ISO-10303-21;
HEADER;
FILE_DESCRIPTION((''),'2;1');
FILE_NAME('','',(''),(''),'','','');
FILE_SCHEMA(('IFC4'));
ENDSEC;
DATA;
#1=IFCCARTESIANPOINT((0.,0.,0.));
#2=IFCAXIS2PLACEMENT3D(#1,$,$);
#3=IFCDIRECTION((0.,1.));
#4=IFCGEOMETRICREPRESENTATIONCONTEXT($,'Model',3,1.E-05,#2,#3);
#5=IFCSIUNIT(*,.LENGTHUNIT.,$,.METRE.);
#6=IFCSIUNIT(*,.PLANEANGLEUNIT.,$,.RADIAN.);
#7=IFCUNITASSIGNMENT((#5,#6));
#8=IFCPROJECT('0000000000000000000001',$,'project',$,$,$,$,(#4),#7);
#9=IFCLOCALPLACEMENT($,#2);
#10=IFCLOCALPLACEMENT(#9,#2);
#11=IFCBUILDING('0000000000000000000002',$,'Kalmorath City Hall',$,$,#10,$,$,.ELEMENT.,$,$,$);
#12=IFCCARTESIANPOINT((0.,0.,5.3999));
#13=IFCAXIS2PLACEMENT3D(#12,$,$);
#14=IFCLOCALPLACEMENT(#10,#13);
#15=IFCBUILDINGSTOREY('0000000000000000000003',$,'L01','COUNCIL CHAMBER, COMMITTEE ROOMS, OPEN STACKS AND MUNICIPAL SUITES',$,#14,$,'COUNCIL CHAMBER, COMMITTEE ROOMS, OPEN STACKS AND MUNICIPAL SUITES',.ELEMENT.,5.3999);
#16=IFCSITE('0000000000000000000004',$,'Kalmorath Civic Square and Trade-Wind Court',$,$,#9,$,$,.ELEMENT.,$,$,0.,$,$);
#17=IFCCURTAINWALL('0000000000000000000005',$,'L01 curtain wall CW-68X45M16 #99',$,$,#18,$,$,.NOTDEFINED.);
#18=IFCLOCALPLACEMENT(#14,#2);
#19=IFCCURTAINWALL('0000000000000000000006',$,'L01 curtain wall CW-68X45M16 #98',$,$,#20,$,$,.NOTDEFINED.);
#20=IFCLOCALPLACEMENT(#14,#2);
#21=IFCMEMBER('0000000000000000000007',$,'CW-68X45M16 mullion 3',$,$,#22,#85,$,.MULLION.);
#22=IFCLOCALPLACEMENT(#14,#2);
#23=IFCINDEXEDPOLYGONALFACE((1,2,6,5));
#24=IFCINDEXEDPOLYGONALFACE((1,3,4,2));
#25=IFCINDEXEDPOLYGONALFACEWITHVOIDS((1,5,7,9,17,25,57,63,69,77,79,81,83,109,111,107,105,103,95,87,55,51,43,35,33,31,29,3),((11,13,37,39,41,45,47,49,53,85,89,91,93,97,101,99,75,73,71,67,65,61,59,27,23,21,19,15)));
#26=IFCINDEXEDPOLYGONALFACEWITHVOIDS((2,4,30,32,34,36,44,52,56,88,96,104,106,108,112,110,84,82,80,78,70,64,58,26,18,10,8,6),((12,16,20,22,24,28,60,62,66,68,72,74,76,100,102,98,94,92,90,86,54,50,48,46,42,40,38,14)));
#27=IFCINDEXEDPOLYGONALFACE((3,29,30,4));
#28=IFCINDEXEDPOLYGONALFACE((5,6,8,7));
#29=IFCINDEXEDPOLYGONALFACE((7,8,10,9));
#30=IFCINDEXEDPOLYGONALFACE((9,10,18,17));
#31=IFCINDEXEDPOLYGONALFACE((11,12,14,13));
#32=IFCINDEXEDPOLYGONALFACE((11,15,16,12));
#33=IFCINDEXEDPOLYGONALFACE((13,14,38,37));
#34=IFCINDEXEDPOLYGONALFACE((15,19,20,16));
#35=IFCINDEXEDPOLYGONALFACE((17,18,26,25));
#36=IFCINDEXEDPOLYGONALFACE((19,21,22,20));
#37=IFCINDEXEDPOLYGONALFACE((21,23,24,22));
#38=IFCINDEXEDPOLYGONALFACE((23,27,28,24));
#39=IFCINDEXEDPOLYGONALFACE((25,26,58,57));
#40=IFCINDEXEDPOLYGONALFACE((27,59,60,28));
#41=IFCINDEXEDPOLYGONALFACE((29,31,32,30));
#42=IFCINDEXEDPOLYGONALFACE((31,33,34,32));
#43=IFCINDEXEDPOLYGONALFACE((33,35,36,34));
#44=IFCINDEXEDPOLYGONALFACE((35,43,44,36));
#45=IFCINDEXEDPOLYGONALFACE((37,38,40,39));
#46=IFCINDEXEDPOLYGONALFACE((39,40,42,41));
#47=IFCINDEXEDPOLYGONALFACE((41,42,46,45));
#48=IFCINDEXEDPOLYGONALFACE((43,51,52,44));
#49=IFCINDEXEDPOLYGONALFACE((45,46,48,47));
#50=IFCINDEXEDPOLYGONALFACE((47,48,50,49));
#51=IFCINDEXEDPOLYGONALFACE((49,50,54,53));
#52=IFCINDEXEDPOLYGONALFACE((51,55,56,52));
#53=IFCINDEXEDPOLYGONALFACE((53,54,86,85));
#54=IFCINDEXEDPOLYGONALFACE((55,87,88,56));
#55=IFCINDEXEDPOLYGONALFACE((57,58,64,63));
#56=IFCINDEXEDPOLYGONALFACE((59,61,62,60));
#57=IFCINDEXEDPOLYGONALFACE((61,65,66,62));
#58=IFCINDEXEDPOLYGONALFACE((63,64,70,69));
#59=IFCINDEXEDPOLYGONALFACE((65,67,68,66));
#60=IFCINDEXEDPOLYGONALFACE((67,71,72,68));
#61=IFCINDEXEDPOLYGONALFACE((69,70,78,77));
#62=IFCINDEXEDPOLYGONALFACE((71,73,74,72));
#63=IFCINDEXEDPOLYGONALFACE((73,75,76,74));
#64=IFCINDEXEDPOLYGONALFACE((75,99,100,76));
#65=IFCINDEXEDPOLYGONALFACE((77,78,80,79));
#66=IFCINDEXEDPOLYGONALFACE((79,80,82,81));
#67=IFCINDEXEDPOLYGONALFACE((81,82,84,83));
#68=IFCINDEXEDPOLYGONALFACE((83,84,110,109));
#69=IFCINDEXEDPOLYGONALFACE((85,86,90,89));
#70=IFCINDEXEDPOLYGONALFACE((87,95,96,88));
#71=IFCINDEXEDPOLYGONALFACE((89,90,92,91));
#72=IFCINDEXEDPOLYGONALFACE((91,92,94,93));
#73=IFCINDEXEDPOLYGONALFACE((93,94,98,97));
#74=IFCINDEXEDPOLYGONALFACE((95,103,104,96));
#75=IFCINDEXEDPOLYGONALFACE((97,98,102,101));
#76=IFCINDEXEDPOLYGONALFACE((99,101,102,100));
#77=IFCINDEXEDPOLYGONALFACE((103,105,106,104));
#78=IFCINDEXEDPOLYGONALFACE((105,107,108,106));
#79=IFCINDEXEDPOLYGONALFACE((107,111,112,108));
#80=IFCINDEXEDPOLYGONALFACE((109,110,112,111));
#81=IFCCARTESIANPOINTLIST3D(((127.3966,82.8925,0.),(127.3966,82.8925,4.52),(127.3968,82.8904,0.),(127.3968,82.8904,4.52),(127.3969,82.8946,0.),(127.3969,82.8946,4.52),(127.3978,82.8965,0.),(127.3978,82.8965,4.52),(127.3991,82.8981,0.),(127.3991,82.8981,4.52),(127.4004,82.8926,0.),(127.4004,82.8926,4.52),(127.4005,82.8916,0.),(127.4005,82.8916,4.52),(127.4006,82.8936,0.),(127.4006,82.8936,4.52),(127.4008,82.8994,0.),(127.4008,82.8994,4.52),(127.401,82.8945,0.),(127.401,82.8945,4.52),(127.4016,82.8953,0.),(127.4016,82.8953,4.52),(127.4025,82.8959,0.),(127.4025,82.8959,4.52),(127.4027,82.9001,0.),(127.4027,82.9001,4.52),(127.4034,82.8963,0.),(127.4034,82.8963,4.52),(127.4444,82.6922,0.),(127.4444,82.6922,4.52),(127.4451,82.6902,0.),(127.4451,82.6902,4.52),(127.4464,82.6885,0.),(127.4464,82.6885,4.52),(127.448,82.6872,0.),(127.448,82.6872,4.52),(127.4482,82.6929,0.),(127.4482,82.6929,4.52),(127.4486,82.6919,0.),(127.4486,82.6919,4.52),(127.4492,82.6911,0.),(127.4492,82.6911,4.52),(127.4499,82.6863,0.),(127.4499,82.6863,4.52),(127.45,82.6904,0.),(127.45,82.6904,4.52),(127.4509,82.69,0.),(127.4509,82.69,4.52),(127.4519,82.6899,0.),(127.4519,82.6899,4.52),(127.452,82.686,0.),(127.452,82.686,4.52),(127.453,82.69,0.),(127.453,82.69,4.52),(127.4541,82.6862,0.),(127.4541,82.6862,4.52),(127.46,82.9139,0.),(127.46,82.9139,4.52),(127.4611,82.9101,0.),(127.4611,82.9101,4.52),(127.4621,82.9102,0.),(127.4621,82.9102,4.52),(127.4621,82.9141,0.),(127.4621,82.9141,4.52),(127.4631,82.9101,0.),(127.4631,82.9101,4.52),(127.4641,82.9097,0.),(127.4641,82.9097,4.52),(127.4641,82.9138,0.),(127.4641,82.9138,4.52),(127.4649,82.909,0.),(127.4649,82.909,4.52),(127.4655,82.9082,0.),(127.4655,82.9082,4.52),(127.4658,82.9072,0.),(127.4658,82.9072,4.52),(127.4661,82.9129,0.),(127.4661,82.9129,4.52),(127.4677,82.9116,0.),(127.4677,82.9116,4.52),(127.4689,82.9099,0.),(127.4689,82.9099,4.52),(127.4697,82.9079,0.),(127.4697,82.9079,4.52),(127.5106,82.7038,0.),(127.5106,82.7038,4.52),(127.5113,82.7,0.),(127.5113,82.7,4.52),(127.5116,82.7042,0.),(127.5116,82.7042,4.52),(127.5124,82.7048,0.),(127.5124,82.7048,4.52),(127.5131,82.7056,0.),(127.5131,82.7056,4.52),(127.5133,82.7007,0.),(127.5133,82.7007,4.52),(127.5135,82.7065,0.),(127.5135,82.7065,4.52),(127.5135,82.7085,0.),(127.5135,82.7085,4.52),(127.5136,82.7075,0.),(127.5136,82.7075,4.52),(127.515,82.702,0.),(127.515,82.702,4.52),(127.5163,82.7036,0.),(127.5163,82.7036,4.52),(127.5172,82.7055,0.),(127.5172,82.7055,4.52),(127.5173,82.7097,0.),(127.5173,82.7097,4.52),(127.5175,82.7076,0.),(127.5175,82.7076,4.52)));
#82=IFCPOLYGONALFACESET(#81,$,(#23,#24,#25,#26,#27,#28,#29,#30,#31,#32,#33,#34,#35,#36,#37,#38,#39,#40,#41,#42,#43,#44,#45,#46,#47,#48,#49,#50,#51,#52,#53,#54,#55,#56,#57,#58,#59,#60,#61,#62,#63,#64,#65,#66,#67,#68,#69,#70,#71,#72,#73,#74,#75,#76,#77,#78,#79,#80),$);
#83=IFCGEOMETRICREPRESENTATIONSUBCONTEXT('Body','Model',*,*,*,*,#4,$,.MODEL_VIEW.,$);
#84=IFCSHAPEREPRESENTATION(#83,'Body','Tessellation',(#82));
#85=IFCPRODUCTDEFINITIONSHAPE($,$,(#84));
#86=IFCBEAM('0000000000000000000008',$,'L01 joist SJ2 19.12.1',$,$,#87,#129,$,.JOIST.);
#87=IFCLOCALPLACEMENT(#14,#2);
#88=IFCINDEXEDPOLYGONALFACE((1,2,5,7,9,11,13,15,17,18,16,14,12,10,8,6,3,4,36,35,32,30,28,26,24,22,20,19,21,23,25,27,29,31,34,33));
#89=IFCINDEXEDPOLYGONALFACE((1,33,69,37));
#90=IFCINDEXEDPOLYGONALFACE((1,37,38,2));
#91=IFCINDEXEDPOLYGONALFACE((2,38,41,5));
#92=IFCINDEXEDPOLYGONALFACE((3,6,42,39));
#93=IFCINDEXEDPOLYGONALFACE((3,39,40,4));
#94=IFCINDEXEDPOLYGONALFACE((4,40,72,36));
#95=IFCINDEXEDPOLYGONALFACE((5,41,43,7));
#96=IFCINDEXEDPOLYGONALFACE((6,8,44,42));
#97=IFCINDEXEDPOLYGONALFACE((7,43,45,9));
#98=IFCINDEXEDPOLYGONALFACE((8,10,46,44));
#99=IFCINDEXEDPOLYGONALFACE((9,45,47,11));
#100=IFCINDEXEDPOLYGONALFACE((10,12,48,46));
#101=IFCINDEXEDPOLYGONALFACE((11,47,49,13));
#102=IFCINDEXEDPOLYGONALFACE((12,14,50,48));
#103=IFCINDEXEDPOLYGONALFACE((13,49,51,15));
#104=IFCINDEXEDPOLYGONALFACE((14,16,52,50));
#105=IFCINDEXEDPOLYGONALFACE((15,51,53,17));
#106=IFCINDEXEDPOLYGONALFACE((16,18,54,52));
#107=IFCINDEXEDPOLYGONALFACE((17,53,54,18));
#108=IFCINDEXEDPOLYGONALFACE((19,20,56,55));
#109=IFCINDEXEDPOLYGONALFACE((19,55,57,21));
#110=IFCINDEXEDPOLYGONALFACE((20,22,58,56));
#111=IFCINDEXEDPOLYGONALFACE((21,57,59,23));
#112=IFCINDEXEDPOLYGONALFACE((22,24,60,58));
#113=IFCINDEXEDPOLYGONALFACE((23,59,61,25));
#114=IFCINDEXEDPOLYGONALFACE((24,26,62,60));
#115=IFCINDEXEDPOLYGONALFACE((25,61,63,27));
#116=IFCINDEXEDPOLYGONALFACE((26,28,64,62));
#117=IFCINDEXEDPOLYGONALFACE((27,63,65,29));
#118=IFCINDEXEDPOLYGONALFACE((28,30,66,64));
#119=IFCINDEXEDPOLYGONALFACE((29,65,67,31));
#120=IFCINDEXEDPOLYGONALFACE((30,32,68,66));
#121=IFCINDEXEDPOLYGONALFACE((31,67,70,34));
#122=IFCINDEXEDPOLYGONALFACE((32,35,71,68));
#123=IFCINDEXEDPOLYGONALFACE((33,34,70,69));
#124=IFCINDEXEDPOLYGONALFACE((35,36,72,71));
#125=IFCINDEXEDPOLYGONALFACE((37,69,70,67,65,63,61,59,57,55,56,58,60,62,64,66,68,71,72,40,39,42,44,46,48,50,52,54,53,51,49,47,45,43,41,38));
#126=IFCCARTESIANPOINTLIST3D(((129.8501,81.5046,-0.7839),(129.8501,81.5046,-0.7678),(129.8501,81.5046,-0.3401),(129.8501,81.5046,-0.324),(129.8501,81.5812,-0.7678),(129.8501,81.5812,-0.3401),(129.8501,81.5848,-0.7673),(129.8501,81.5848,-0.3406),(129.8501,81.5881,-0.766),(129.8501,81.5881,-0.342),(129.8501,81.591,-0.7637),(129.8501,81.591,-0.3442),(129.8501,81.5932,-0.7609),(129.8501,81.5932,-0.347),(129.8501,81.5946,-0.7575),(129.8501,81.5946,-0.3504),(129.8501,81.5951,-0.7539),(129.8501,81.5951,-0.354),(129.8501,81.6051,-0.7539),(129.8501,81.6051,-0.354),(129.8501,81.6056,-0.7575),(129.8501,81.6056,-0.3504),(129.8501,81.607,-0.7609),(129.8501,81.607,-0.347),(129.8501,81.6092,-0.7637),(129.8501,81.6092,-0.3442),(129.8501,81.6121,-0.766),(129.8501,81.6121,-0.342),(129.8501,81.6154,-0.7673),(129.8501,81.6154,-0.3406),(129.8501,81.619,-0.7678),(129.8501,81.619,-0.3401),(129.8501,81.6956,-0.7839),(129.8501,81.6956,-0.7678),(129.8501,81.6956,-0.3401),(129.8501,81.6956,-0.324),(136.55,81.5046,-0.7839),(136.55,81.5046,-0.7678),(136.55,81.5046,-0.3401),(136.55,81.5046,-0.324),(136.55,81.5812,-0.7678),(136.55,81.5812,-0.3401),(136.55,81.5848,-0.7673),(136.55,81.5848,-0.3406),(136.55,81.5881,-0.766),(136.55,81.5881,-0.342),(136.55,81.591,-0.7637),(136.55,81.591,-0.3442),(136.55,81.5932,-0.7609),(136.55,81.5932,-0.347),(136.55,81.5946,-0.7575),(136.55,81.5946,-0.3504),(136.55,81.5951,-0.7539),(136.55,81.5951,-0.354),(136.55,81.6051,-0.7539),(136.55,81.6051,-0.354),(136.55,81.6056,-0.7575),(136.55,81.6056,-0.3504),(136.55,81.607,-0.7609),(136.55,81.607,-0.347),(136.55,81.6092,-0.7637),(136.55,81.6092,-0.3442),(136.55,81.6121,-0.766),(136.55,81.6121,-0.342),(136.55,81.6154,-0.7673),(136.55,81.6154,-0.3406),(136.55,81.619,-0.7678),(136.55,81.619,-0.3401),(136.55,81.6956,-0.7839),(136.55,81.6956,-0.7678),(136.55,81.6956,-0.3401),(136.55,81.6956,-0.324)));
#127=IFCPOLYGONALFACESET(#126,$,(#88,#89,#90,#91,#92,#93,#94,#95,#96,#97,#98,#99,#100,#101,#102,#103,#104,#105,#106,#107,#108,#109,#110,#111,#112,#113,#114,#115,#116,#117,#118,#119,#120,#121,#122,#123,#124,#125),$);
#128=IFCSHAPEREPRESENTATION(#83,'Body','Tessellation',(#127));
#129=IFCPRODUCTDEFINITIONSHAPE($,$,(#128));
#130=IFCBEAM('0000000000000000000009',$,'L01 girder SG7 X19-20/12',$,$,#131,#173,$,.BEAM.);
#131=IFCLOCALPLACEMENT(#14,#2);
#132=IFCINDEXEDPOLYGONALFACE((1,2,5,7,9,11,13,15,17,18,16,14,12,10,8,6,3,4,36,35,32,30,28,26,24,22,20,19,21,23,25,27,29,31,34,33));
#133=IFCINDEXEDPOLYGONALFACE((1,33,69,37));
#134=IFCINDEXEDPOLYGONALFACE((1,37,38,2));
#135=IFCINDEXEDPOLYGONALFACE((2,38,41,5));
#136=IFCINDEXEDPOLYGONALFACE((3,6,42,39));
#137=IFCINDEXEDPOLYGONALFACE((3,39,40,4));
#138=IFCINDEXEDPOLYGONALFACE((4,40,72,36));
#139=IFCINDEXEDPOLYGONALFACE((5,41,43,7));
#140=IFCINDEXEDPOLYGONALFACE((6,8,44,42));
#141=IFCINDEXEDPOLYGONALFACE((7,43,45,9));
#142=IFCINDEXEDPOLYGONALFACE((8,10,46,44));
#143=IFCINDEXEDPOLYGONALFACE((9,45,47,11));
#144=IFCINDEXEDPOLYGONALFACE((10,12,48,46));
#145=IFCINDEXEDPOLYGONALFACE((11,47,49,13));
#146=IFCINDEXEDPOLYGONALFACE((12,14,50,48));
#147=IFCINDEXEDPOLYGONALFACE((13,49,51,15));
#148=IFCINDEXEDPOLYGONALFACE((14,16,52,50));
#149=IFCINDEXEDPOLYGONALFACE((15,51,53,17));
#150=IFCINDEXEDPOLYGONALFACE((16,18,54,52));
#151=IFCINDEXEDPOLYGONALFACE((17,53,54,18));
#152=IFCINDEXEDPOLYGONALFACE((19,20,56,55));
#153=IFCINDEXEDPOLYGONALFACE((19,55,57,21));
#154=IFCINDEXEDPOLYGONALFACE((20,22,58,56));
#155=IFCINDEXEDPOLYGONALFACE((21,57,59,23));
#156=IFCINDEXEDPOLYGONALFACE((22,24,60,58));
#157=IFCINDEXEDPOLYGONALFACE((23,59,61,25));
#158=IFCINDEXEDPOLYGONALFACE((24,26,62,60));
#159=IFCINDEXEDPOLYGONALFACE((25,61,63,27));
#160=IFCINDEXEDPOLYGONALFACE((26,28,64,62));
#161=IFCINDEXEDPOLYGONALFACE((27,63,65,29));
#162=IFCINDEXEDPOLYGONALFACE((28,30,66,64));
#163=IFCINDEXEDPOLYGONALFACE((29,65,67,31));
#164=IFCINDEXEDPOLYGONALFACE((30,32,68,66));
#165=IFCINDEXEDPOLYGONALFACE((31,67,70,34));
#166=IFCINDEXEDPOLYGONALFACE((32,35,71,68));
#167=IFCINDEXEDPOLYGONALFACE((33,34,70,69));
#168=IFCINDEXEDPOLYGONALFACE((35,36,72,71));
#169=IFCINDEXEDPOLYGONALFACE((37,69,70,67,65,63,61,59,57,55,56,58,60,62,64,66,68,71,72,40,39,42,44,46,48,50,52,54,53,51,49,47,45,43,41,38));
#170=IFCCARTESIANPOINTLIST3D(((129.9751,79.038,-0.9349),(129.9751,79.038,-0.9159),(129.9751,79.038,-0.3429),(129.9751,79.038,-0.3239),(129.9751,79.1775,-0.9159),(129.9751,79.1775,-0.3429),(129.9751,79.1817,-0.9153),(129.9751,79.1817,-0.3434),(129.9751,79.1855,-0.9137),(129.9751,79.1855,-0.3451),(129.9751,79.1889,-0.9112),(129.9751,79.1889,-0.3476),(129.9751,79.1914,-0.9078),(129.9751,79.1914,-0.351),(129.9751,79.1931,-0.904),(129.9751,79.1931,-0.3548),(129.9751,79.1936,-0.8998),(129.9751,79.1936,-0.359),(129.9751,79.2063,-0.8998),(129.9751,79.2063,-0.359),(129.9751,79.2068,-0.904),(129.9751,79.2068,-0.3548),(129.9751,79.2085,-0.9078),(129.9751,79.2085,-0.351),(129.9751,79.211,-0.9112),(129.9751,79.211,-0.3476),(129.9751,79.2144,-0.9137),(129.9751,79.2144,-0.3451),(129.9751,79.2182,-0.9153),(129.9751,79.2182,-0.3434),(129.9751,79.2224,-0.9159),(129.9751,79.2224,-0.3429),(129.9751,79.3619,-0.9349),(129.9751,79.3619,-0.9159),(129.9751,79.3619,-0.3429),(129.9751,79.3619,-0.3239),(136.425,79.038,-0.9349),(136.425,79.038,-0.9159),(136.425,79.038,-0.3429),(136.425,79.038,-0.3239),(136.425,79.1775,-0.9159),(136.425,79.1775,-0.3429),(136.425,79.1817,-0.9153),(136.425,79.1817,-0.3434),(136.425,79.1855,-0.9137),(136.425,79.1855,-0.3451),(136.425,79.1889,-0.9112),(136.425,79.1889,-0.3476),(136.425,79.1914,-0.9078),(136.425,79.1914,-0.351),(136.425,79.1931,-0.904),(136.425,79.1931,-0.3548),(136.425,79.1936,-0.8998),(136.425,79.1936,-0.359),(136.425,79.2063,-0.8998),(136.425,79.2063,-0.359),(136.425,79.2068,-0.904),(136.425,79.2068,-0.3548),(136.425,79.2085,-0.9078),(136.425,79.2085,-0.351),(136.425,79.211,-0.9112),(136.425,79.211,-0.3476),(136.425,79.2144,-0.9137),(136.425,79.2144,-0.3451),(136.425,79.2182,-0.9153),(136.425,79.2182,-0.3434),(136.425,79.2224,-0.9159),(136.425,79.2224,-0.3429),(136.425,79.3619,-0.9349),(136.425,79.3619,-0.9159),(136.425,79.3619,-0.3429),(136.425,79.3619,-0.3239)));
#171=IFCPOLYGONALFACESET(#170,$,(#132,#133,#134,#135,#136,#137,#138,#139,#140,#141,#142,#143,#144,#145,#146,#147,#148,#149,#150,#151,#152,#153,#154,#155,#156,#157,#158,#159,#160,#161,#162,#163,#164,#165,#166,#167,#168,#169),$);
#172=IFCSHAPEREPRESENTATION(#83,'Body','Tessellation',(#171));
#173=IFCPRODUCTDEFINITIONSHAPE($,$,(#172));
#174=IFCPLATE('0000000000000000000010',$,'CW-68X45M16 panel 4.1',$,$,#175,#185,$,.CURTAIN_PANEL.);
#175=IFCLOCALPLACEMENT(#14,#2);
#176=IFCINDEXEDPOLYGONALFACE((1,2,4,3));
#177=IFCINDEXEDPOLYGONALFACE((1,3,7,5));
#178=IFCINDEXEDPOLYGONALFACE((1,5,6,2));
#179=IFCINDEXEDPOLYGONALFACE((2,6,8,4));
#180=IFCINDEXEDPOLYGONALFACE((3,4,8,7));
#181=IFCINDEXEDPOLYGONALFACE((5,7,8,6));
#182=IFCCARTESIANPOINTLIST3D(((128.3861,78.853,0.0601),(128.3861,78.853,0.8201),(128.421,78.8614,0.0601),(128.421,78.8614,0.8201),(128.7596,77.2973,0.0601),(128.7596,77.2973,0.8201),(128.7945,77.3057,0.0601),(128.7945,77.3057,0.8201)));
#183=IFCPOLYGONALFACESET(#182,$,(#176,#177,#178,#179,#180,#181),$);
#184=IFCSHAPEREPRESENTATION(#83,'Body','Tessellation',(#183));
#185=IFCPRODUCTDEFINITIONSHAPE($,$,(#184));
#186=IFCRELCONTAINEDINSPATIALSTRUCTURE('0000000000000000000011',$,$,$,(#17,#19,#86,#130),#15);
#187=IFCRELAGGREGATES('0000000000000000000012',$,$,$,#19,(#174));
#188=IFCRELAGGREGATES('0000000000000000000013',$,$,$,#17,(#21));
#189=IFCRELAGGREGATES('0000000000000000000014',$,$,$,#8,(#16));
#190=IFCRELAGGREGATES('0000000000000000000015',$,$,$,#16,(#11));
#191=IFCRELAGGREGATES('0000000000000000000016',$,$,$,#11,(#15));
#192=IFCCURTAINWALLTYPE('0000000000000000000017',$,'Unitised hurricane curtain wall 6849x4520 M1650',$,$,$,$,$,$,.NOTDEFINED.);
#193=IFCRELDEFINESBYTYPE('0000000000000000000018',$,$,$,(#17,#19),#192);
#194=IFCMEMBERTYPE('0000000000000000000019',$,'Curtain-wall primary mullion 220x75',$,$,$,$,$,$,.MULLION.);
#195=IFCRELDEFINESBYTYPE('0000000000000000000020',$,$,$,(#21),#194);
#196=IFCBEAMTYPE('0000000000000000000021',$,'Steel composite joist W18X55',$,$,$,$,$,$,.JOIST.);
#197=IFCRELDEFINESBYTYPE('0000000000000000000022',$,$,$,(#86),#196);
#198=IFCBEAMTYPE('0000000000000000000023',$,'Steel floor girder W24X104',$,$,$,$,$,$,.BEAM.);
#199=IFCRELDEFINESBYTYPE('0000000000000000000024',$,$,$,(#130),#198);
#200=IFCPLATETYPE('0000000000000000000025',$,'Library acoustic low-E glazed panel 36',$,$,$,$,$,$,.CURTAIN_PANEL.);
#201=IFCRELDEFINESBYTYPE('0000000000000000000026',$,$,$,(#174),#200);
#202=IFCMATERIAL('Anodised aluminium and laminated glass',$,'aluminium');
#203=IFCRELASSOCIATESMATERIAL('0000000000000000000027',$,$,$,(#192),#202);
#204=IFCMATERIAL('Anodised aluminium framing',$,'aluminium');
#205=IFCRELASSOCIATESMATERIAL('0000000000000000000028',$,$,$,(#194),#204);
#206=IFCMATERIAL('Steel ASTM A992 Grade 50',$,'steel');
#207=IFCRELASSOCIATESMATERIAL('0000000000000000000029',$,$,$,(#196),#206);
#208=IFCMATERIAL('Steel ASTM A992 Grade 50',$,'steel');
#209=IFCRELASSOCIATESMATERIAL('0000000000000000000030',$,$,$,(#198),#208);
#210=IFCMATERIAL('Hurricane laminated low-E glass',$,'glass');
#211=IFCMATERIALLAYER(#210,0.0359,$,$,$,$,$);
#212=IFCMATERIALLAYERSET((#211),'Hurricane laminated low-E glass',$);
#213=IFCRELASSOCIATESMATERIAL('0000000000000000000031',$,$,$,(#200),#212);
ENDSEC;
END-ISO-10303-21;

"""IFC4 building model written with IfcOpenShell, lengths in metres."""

from ifc_helpers import new_model, si_unit, direction, frame, origin, origin_2d, place, context, subcontext, project, spatial, rectangle, hollow_rectangle, i_section, extrude, material, layer, layer_set, material_profile, profile_set, type_object, element, aggregate, save


model = new_model("IFC4")

# Units and contexts
model_context = context("Model", 3, precision=1e-05, world=origin(), true_north=direction((0.0, 1.0)))
body_context = subcontext(model_context, "Body", "Model", "MODEL_VIEW")
ifc_project = project(units=[si_unit("LENGTHUNIT", "METRE"), si_unit("PLANEANGLEUNIT", "RADIAN")], contexts=[model_context])

# Site, building, storey
site_placement = place(None, origin())
site = spatial("IfcSite", under=ifc_project, at=site_placement, Name="Kalmorath Civic Square and Trade-Wind Court", CompositionType="ELEMENT", RefElevation=0.0)
building_placement = place(site_placement, origin())
building = spatial("IfcBuilding", under=site, at=building_placement, Name="Kalmorath City Hall", CompositionType="ELEMENT")
storey_placement = place(building_placement, frame((0.0, 0.0, 5.3999)))
storey = spatial("IfcBuildingStorey", under=building, at=storey_placement, Name="L01", Description="COUNCIL CHAMBER, COMMITTEE ROOMS, OPEN STACKS AND MUNICIPAL SUITES", LongName="COUNCIL CHAMBER, COMMITTEE ROOMS, OPEN STACKS AND MUNICIPAL SUITES", CompositionType="ELEMENT", Elevation=5.3999)

# Curtain wall
ifc_material_1 = material(Name="Anodised aluminium and laminated glass", Category="aluminium")
curtain_wall_type = type_object("IfcCurtainWallType", Name="Unitised hurricane curtain wall 6849x4520 M1650", PredefinedType="NOTDEFINED", material=ifc_material_1)
curtain_wall_1_placement = place(storey_placement, origin())
curtain_wall_1 = element("IfcCurtainWall", 1, at=curtain_wall_1_placement, inside=storey, type_object=curtain_wall_type, Name="L01 curtain wall CW-68X45M16 #99", PredefinedType="NOTDEFINED")

# Curtain wall
curtain_wall_2_placement = place(storey_placement, origin())
curtain_wall_2 = element("IfcCurtainWall", 2, at=curtain_wall_2_placement, inside=storey, type_object=curtain_wall_type, Name="L01 curtain wall CW-68X45M16 #98", PredefinedType="NOTDEFINED")
ifc_material_2 = material(Name="Anodised aluminium framing", Category="aluminium")
ifc_material_profile_1 = material_profile(ifc_material_2, hollow_rectangle(XDim=0.075, YDim=0.22, WallThickness=0.0039, InnerFilletRadius=0.0039, OuterFilletRadius=0.0081, at=origin_2d()), Name="ALU-MUL-220X75X4")
ifc_profile_set_1 = profile_set([ifc_material_profile_1], Name="Anodised aluminium framing")
member_type_1 = type_object("IfcMemberType", Name="Curtain-wall primary mullion 220x75", PredefinedType="MULLION", material=ifc_profile_set_1)

# Member
member_1_placement = place(storey_placement, frame((127.457, 82.8, 0.0), z_axis=(0.0, 0.0, 1.0), x_axis=(-0.972367, -0.233456, 0.0)))
member_1 = element("IfcMember", 3, at=member_1_placement, type_object=member_type_1, Name="CW-68X45M16 mullion 3", PredefinedType="MULLION", context=body_context, shape_type="SweptSolid", body=[
    extrude(hollow_rectangle(XDim=0.075, YDim=0.22, WallThickness=0.0039, InnerFilletRadius=0.0039, OuterFilletRadius=0.0081, at=origin_2d()), origin(), (0.0, 0.0, 1.0), 4.52),
])

# Beams
ifc_material_3 = material(Name="Steel ASTM A992 Grade 50", Category="steel")
ifc_material_profile_2 = material_profile(ifc_material_3, i_section(OverallWidth=0.1909, OverallDepth=0.46, WebThickness=0.01, FlangeThickness=0.0161, FilletRadius=0.0139, at=origin_2d()), Name="W18X55")
ifc_profile_set_2 = profile_set([ifc_material_profile_2], Name="Steel ASTM A992 Grade 50")
beam_type_1 = type_object("IfcBeamType", Name="Steel composite joist W18X55", PredefinedType="JOIST", material=ifc_profile_set_2)
beam_1_placement = place(storey_placement, frame((129.8501, 81.6001, -0.554), z_axis=(1.0, 0.0, 0.0), x_axis=(0.0, 1.0, 0.0)))
element("IfcBeam", 4, at=beam_1_placement, inside=storey, type_object=beam_type_1, Name="L01 joist SJ2 19.12.1", PredefinedType="JOIST", context=body_context, shape_type="SweptSolid", body=[
    extrude(i_section(OverallWidth=0.1909, OverallDepth=0.46, WebThickness=0.01, FlangeThickness=0.0161, FilletRadius=0.0139, at=origin_2d()), origin(), (0.0, 0.0, 1.0), 6.7),
])
ifc_material_4 = material(Name="Steel ASTM A992 Grade 50", Category="steel")
ifc_material_profile_3 = material_profile(ifc_material_4, i_section(OverallWidth=0.324, OverallDepth=0.6111, WebThickness=0.0127, FlangeThickness=0.019, FilletRadius=0.0161, at=origin_2d()), Name="W24X104")
ifc_profile_set_3 = profile_set([ifc_material_profile_3], Name="Steel ASTM A992 Grade 50")
beam_type_2 = type_object("IfcBeamType", Name="Steel floor girder W24X104", PredefinedType="BEAM", material=ifc_profile_set_3)
beam_2_placement = place(storey_placement, frame((129.9751, 79.2, -0.6294), z_axis=(1.0, 0.0, 0.0), x_axis=(0.0, 1.0, 0.0)))
element("IfcBeam", 5, at=beam_2_placement, inside=storey, type_object=beam_type_2, Name="L01 girder SG7 X19-20/12", PredefinedType="BEAM", context=body_context, shape_type="SweptSolid", body=[
    extrude(i_section(OverallWidth=0.324, OverallDepth=0.6111, WebThickness=0.0127, FlangeThickness=0.019, FilletRadius=0.0161, at=origin_2d()), origin(), (0.0, 0.0, 1.0), 6.45),
])

# Plate
ifc_material_5 = material(Name="Hurricane laminated low-E glass", Category="glass")
ifc_layer = layer(ifc_material_5, 0.0359)
ifc_layer_set = layer_set([ifc_layer], Name="Hurricane laminated low-E glass")
plate_type = type_object("IfcPlateType", Name="Library acoustic low-E glazed panel 36", PredefinedType="CURTAIN_PANEL", material=ifc_layer_set)
plate_1_placement = place(storey_placement, frame((128.5903, 78.0793, 0.0601), z_axis=(0.0, 0.0, 1.0), x_axis=(-0.233456, 0.972367, 0.0)))
plate_1 = element("IfcPlate", 6, at=plate_1_placement, type_object=plate_type, Name="CW-68X45M16 panel 4.1", PredefinedType="CURTAIN_PANEL", context=body_context, shape_type="SweptSolid", body=[
    extrude(rectangle(XDim=1.5999, YDim=0.0359, at=origin_2d()), origin(), (0.0, 0.0, 1.0), 0.76),
])
aggregate(curtain_wall_2, [plate_1])
aggregate(curtain_wall_1, [member_1])

save(model, "model.ifc")
